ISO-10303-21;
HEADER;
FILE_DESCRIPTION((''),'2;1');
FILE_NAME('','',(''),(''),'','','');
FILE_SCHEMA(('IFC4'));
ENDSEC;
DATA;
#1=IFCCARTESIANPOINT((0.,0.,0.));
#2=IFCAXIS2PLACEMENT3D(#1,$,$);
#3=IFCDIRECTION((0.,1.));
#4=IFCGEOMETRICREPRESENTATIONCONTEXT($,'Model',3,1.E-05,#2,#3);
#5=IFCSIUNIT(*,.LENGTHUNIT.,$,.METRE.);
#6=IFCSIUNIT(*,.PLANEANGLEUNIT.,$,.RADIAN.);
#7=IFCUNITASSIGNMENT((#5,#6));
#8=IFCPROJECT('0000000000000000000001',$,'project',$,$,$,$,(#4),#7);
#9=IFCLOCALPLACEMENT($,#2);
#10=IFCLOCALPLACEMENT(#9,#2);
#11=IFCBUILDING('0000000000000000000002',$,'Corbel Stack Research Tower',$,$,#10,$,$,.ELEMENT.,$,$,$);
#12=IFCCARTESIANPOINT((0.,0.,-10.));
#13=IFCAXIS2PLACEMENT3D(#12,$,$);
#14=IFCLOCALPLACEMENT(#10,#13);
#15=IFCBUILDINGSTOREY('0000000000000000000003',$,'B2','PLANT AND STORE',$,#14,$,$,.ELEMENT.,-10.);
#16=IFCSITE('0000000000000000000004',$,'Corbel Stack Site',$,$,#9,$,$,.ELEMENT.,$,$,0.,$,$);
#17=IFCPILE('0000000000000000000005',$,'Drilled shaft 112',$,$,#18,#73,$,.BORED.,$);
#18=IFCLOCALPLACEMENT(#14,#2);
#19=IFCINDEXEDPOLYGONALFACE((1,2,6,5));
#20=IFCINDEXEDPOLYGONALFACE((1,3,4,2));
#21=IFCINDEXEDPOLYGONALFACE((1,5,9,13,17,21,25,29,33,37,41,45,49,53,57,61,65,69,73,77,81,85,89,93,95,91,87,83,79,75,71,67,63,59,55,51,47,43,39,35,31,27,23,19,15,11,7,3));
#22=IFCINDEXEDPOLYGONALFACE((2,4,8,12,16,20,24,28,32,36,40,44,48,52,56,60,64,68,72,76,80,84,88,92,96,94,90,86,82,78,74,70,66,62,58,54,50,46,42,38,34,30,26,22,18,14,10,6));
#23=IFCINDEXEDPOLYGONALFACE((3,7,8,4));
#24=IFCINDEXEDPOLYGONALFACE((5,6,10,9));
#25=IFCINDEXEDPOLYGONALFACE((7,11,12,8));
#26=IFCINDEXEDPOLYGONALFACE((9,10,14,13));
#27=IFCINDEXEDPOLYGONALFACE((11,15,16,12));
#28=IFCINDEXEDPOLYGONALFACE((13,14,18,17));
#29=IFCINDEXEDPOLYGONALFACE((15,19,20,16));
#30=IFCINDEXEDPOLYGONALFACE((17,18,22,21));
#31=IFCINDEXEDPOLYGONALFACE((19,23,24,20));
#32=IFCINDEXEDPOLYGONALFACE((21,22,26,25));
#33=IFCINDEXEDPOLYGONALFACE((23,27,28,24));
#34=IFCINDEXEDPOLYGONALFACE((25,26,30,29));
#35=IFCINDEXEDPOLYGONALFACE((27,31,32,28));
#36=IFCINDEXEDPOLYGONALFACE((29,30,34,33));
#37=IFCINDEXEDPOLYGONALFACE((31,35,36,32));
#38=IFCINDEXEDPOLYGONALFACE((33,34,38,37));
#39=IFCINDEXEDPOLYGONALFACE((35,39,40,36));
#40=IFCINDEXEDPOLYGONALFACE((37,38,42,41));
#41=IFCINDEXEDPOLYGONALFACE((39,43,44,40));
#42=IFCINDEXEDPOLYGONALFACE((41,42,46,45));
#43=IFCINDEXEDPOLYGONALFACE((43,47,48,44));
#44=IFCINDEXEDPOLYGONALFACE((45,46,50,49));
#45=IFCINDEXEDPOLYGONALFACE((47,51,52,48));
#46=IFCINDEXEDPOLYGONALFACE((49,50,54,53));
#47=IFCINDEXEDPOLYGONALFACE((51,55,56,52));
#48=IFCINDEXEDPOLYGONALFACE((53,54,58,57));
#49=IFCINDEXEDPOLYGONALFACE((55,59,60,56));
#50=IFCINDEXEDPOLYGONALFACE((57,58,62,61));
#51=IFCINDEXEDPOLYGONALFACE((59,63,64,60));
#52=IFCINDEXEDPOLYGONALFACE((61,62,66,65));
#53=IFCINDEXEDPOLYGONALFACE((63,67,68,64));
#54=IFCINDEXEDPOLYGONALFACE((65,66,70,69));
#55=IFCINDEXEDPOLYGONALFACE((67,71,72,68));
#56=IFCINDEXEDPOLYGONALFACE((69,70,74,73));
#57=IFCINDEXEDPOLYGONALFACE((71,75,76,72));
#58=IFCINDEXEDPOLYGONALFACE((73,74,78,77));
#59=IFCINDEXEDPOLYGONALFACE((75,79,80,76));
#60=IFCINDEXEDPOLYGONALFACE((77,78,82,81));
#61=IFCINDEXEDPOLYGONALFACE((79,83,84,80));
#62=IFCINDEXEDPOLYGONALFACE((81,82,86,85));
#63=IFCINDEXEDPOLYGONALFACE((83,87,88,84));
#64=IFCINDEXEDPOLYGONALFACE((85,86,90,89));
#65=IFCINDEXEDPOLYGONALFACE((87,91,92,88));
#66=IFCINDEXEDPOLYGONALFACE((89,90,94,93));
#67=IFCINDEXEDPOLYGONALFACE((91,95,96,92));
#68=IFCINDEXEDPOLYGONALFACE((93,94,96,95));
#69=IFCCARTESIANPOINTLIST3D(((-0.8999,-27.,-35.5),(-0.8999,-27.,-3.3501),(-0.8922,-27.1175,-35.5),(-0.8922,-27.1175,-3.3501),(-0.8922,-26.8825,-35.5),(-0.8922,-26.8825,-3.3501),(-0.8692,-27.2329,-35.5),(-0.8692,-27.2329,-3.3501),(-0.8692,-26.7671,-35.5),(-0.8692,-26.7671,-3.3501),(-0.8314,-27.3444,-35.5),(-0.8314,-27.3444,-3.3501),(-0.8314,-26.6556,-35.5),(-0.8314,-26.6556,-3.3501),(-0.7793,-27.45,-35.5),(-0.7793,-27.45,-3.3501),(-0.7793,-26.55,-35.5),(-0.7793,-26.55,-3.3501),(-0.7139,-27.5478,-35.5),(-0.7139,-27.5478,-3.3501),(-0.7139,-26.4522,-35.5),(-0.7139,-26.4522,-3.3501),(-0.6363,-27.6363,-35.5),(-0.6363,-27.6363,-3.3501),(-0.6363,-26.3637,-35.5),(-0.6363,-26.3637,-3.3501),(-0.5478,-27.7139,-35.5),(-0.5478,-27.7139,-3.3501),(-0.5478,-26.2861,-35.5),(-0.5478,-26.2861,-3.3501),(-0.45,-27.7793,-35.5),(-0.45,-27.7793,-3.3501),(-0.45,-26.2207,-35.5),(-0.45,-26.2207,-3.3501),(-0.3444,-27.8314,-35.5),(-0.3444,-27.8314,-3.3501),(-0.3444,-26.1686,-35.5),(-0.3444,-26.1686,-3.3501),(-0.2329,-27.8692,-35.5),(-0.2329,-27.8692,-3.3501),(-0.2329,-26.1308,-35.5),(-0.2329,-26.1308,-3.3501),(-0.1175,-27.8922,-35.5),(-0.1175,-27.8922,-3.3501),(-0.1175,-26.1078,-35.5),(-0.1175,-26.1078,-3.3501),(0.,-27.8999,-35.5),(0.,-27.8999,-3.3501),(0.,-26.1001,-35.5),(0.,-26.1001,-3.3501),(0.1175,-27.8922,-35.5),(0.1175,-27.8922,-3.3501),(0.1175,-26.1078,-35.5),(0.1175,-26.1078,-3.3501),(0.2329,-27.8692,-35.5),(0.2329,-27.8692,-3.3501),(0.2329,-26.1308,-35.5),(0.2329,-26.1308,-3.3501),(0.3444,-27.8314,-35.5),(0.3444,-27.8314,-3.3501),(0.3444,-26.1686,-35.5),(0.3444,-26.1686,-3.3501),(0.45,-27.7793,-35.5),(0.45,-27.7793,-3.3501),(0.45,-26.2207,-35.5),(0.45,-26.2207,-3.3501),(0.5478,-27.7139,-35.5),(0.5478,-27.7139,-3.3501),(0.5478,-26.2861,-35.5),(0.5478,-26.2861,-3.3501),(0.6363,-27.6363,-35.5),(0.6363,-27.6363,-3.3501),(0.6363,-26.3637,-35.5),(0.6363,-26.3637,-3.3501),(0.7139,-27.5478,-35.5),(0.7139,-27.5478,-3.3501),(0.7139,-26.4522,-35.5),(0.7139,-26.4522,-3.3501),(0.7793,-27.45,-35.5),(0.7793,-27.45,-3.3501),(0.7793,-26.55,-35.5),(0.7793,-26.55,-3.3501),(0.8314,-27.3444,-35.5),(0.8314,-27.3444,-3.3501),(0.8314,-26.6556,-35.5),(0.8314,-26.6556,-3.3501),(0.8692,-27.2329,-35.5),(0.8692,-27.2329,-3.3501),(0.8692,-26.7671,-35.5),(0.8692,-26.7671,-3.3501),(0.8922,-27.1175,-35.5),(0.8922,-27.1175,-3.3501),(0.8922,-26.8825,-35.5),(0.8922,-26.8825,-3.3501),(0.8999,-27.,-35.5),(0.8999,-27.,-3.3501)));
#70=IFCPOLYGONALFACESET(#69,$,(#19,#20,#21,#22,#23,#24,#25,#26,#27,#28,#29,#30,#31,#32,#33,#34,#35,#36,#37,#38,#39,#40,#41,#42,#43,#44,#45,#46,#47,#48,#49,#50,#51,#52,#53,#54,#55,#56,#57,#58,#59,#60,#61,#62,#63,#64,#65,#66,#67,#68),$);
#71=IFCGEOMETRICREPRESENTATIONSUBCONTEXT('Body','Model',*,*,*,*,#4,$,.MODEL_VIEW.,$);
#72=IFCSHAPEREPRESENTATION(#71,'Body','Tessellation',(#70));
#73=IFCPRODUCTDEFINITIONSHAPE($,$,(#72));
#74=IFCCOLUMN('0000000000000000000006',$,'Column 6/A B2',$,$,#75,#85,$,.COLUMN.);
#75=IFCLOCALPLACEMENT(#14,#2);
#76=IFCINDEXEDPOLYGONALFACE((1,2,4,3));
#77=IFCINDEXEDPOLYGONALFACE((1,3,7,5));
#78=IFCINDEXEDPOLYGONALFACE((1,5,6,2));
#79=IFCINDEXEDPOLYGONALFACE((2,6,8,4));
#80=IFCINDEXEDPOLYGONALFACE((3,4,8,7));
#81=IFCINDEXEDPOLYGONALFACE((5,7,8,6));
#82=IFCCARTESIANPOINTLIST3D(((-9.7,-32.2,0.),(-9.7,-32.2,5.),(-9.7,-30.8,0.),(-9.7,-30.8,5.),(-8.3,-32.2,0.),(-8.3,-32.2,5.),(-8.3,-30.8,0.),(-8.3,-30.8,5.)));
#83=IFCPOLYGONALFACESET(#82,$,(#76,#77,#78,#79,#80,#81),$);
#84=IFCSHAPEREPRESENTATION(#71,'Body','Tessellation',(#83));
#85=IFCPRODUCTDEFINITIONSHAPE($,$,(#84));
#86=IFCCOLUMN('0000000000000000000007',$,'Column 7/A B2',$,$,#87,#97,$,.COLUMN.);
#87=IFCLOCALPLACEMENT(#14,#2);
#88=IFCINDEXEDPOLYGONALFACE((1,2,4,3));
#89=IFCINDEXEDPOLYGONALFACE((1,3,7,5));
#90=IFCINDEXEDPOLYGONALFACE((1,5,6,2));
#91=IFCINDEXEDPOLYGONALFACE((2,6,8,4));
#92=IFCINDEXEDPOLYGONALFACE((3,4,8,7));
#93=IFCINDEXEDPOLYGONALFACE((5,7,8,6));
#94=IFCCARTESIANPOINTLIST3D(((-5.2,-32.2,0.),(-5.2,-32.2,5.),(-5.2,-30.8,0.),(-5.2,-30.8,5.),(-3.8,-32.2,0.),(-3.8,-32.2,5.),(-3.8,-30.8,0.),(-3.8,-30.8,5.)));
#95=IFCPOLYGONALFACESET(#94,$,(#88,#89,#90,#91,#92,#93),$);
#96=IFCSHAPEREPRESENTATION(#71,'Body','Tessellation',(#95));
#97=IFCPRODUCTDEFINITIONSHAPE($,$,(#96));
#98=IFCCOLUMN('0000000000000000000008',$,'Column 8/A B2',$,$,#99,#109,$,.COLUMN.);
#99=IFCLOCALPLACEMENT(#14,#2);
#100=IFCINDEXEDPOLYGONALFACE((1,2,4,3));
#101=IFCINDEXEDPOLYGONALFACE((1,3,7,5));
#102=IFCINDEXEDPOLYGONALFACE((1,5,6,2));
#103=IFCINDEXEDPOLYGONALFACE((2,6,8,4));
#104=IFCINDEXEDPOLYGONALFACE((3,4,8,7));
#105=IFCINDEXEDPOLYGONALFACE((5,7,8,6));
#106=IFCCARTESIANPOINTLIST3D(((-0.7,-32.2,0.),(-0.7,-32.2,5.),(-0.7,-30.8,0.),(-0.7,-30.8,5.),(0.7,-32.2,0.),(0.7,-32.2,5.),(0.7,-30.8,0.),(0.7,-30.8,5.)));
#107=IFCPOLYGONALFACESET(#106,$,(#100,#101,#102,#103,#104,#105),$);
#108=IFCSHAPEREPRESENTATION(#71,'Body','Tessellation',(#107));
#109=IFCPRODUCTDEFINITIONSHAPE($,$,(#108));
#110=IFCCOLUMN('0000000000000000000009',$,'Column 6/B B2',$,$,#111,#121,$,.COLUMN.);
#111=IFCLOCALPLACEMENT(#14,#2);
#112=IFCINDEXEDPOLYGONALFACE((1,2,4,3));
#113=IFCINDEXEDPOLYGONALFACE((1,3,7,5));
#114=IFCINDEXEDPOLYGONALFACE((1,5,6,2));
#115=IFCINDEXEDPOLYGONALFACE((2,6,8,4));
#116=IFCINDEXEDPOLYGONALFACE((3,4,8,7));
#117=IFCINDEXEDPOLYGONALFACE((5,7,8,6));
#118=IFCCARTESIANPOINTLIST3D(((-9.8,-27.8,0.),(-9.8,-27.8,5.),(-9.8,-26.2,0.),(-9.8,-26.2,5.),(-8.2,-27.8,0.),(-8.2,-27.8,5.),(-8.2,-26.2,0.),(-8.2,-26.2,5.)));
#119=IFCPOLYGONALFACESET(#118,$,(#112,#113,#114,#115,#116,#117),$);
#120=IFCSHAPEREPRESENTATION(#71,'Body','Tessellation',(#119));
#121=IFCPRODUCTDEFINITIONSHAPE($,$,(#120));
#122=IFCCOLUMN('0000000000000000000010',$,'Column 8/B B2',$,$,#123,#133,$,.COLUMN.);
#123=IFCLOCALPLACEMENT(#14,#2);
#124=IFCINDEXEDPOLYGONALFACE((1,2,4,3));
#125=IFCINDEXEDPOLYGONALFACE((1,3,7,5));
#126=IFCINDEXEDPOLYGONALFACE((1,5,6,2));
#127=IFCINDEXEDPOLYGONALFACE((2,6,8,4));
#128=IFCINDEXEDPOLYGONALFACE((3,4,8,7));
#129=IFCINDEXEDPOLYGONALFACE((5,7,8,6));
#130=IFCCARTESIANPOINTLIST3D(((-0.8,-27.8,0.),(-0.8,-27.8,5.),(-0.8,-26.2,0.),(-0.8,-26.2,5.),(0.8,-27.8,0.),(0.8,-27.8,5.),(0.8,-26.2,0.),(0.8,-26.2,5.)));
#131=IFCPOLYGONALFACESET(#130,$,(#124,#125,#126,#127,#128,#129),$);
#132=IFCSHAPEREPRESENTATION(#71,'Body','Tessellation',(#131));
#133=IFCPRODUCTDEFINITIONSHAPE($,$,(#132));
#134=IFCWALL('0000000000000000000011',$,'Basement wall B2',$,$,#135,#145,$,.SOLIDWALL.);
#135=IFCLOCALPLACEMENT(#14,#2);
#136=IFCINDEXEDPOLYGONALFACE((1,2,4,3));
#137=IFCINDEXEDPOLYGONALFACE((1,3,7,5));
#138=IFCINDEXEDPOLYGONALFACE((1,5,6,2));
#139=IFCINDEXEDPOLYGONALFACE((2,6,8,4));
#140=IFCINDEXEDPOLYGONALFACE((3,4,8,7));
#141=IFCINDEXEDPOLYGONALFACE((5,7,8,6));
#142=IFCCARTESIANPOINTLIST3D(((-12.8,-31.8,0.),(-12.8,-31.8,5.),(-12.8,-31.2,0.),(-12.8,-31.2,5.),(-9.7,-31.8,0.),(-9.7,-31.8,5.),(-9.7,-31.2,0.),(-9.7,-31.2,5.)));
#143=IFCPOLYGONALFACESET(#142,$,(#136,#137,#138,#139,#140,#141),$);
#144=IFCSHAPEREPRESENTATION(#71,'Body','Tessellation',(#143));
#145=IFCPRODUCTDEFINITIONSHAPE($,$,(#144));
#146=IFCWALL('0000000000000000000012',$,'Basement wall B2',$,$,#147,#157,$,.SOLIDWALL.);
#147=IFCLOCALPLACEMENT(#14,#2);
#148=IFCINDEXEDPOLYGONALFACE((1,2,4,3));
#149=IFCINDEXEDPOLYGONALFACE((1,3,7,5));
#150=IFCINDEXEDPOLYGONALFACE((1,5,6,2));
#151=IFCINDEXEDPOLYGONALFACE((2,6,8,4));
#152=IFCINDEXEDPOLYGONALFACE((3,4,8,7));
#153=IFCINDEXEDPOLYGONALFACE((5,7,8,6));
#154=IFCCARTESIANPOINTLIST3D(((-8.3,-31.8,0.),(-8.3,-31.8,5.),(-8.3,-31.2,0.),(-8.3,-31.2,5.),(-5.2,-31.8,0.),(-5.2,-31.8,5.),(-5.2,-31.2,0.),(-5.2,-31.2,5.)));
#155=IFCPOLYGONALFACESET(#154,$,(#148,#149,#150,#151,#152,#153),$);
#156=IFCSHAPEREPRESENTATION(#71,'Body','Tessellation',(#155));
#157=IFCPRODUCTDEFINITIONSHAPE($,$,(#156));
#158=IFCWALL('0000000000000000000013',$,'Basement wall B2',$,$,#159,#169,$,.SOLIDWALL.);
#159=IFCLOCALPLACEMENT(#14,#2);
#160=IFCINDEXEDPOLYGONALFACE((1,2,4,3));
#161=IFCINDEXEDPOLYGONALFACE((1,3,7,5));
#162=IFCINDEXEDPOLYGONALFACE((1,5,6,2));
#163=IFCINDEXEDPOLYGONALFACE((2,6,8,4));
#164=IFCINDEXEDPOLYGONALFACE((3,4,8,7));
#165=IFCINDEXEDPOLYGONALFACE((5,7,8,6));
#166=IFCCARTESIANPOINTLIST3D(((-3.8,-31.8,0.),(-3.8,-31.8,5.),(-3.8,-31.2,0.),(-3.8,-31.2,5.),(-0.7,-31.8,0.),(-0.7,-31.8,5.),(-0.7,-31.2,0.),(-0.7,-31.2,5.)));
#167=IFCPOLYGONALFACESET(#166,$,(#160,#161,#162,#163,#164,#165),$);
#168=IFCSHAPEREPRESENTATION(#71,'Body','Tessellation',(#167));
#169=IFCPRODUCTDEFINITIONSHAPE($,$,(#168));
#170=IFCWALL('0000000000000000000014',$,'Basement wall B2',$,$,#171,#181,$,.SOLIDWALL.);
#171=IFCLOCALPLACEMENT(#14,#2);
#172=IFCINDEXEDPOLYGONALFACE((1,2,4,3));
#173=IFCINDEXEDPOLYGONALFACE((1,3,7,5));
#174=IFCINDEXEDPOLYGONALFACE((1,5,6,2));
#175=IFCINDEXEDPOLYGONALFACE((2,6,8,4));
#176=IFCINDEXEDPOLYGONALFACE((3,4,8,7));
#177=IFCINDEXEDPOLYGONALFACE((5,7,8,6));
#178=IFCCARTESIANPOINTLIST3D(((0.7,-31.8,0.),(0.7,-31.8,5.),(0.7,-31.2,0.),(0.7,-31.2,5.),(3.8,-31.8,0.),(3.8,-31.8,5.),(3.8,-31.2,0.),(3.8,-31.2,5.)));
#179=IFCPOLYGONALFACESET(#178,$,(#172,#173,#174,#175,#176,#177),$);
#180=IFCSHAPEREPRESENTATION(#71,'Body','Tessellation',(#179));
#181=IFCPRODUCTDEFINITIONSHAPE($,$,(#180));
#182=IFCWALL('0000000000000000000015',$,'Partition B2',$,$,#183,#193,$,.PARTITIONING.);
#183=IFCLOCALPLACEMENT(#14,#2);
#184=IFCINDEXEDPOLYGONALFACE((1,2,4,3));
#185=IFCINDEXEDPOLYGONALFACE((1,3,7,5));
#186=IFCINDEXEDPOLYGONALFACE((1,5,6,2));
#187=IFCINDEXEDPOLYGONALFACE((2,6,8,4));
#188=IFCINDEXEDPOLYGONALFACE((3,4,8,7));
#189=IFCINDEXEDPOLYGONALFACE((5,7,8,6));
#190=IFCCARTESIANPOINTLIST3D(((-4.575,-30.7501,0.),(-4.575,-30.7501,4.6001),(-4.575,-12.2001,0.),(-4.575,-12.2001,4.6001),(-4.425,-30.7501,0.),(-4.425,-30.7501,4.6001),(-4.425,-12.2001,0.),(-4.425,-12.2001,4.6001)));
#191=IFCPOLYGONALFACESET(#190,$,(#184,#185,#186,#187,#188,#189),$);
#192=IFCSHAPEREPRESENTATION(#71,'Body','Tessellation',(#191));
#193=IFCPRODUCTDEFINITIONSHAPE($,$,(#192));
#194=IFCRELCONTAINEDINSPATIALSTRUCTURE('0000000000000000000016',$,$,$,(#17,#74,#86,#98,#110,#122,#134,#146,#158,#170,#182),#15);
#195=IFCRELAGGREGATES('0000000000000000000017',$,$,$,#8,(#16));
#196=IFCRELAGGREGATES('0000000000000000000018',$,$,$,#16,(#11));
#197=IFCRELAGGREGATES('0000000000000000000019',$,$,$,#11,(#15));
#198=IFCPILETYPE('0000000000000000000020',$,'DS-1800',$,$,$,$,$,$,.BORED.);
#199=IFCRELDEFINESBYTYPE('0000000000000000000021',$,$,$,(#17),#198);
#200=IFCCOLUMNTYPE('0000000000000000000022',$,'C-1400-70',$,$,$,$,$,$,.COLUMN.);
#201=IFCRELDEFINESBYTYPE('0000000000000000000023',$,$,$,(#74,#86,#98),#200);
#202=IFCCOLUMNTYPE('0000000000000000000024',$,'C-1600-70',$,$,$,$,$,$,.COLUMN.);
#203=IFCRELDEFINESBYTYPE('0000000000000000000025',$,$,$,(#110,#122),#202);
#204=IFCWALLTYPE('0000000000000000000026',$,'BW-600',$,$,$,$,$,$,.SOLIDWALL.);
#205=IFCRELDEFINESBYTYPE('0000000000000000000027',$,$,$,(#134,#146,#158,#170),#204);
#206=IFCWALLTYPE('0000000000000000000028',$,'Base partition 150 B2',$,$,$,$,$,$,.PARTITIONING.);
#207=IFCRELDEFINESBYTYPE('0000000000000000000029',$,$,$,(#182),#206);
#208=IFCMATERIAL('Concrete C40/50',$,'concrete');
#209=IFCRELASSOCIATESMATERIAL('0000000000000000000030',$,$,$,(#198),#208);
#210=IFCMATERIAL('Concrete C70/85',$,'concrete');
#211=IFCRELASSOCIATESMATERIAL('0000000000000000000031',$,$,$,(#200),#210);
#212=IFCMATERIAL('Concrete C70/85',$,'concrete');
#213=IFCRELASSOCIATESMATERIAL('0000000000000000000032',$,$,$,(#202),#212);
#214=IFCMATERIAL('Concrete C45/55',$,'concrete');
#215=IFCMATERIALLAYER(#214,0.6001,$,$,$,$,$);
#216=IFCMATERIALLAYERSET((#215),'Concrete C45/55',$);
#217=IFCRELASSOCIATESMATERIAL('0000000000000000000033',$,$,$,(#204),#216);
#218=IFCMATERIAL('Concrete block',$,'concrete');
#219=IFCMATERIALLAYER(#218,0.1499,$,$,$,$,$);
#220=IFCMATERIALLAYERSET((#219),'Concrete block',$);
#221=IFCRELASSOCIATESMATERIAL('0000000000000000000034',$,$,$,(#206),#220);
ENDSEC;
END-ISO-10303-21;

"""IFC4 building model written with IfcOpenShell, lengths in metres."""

from ifc_helpers import new_model, si_unit, direction, frame, frame_2d, origin, origin_2d, place, context, subcontext, project, spatial, rectangle, circle, extrude, material, layer, layer_set, material_profile, profile_set, type_object, element, save


model = new_model("IFC4")

# Units and contexts
model_context = context("Model", 3, precision=1e-05, world=origin(), true_north=direction((0.0, 1.0)))
body_context = subcontext(model_context, "Body", "Model", "MODEL_VIEW")
ifc_project = project(units=[si_unit("LENGTHUNIT", "METRE"), si_unit("PLANEANGLEUNIT", "RADIAN")], contexts=[model_context])

# Site, building, storey
site_placement = place(None, origin())
site = spatial("IfcSite", under=ifc_project, at=site_placement, Name="Corbel Stack Site", CompositionType="ELEMENT", RefElevation=0.0)
building_placement = place(site_placement, origin())
building = spatial("IfcBuilding", under=site, at=building_placement, Name="Corbel Stack Research Tower", CompositionType="ELEMENT")
storey_placement = place(building_placement, frame((0.0, 0.0, -10.0)))
storey = spatial("IfcBuildingStorey", under=building, at=storey_placement, Name="B2", Description="PLANT AND STORE", CompositionType="ELEMENT", Elevation=-10.0)

# Pile
ifc_material_1 = material(Name="Concrete C40/50", Category="concrete")
ifc_material_profile_1 = material_profile(ifc_material_1, circle(Radius=0.8999, at=origin_2d()), Name="Shaft 1800")
ifc_profile_set_1 = profile_set([ifc_material_profile_1], Name="Concrete C40/50")
pile_type = type_object("IfcPileType", Name="DS-1800", PredefinedType="BORED", material=ifc_profile_set_1)
for number, where, z_axis, x_axis, name in (
    (1, (0.0, -27.0, -3.3501), (0.0, 0.0, -1.0), (1.0, 0.0, 0.0), "Drilled shaft 112"),
):
    element("IfcPile", number, at=place(storey_placement, frame(where, z_axis=z_axis, x_axis=x_axis)), inside=storey, type_object=pile_type, Name=name, PredefinedType="BORED", context=body_context, shape_type="SweptSolid", body=[
        extrude(circle(Radius=0.8999, at=origin_2d()), origin(), (0.0, 0.0, 1.0), 32.1499),
    ])

# Columns
ifc_material_2 = material(Name="Concrete C70/85", Category="concrete")
ifc_material_profile_2 = material_profile(ifc_material_2, rectangle(XDim=1.3999, YDim=1.3999, at=origin_2d()), Name="RC 1400 x 1400")
ifc_profile_set_2 = profile_set([ifc_material_profile_2], Name="Concrete C70/85")
column_type_1 = type_object("IfcColumnType", Name="C-1400-70", PredefinedType="COLUMN", material=ifc_profile_set_2)
for number, where, z_axis, x_axis, name in (
    (2, (-9.0, -31.5, 0.0), (0.0, 0.0, 1.0), (1.0, 0.0, 0.0), "Column 6/A B2"),
    (3, (-4.5, -31.5, 0.0), (0.0, 0.0, 1.0), (1.0, 0.0, 0.0), "Column 7/A B2"),
    (4, (0.0, -31.5, 0.0), (0.0, 0.0, 1.0), (1.0, 0.0, 0.0), "Column 8/A B2"),
):
    element("IfcColumn", number, at=place(storey_placement, frame(where, z_axis=z_axis, x_axis=x_axis)), inside=storey, type_object=column_type_1, Name=name, PredefinedType="COLUMN", context=body_context, shape_type="SweptSolid", body=[
        extrude(rectangle(XDim=1.3999, YDim=1.3999, at=origin_2d()), origin(), (0.0, 0.0, 1.0), 5.0),
    ])
ifc_material_3 = material(Name="Concrete C70/85", Category="concrete")
ifc_material_profile_3 = material_profile(ifc_material_3, rectangle(XDim=1.6001, YDim=1.6001, at=origin_2d()), Name="RC 1600 x 1600")
ifc_profile_set_3 = profile_set([ifc_material_profile_3], Name="Concrete C70/85")
column_type_2 = type_object("IfcColumnType", Name="C-1600-70", PredefinedType="COLUMN", material=ifc_profile_set_3)
for number, where, z_axis, x_axis, name in (
    (5, (-9.0, -27.0, 0.0), (0.0, 0.0, 1.0), (1.0, 0.0, 0.0), "Column 6/B B2"),
    (6, (0.0, -27.0, 0.0), (0.0, 0.0, 1.0), (1.0, 0.0, 0.0), "Column 8/B B2"),
):
    element("IfcColumn", number, at=place(storey_placement, frame(where, z_axis=z_axis, x_axis=x_axis)), inside=storey, type_object=column_type_2, Name=name, PredefinedType="COLUMN", context=body_context, shape_type="SweptSolid", body=[
        extrude(rectangle(XDim=1.6001, YDim=1.6001, at=origin_2d()), origin(), (0.0, 0.0, 1.0), 5.0),
    ])

# Walls
ifc_material_4 = material(Name="Concrete C45/55", Category="concrete")
ifc_layer_1 = layer(ifc_material_4, 0.6001)
ifc_layer_set_1 = layer_set([ifc_layer_1], Name="Concrete C45/55")
wall_type_1 = type_object("IfcWallType", Name="BW-600", PredefinedType="SOLIDWALL", material=ifc_layer_set_1)
for number, where, z_axis, x_axis, name in (
    (7, (-12.8, -31.5, 0.0), (0.0, 0.0, 1.0), (1.0, 0.0, 0.0), "Basement wall B2"),
    (8, (-8.3, -31.5, 0.0), (0.0, 0.0, 1.0), (1.0, 0.0, 0.0), "Basement wall B2"),
    (9, (-3.8, -31.5, 0.0), (0.0, 0.0, 1.0), (1.0, 0.0, 0.0), "Basement wall B2"),
    (10, (0.7, -31.5, 0.0), (0.0, 0.0, 1.0), (1.0, 0.0, 0.0), "Basement wall B2"),
):
    element("IfcWall", number, at=place(storey_placement, frame(where, z_axis=z_axis, x_axis=x_axis)), inside=storey, type_object=wall_type_1, Name=name, PredefinedType="SOLIDWALL", context=body_context, shape_type="SweptSolid", body=[
        extrude(rectangle(XDim=3.1001, YDim=0.6001, at=frame_2d((1.55, 0.0))), origin(), (0.0, 0.0, 1.0), 5.0),
    ])
ifc_material_5 = material(Name="Concrete block", Category="concrete")
ifc_layer_2 = layer(ifc_material_5, 0.1499)
ifc_layer_set_2 = layer_set([ifc_layer_2], Name="Concrete block")
wall_type_2 = type_object("IfcWallType", Name="Base partition 150 B2", PredefinedType="PARTITIONING", material=ifc_layer_set_2)
wall_placement = place(storey_placement, frame((-4.5, -30.75, 0.0), z_axis=(0.0, 0.0, 1.0), x_axis=(0.0, 1.0, 0.0)))
element("IfcWall", 11, at=wall_placement, inside=storey, type_object=wall_type_2, Name="Partition B2", PredefinedType="PARTITIONING", context=body_context, shape_type="SweptSolid", body=[
    extrude(rectangle(XDim=18.55, YDim=0.1499, at=frame_2d((9.2749, 0.0))), origin(), (0.0, 0.0, 1.0), 4.6001),
])

save(model, "model.ifc")
